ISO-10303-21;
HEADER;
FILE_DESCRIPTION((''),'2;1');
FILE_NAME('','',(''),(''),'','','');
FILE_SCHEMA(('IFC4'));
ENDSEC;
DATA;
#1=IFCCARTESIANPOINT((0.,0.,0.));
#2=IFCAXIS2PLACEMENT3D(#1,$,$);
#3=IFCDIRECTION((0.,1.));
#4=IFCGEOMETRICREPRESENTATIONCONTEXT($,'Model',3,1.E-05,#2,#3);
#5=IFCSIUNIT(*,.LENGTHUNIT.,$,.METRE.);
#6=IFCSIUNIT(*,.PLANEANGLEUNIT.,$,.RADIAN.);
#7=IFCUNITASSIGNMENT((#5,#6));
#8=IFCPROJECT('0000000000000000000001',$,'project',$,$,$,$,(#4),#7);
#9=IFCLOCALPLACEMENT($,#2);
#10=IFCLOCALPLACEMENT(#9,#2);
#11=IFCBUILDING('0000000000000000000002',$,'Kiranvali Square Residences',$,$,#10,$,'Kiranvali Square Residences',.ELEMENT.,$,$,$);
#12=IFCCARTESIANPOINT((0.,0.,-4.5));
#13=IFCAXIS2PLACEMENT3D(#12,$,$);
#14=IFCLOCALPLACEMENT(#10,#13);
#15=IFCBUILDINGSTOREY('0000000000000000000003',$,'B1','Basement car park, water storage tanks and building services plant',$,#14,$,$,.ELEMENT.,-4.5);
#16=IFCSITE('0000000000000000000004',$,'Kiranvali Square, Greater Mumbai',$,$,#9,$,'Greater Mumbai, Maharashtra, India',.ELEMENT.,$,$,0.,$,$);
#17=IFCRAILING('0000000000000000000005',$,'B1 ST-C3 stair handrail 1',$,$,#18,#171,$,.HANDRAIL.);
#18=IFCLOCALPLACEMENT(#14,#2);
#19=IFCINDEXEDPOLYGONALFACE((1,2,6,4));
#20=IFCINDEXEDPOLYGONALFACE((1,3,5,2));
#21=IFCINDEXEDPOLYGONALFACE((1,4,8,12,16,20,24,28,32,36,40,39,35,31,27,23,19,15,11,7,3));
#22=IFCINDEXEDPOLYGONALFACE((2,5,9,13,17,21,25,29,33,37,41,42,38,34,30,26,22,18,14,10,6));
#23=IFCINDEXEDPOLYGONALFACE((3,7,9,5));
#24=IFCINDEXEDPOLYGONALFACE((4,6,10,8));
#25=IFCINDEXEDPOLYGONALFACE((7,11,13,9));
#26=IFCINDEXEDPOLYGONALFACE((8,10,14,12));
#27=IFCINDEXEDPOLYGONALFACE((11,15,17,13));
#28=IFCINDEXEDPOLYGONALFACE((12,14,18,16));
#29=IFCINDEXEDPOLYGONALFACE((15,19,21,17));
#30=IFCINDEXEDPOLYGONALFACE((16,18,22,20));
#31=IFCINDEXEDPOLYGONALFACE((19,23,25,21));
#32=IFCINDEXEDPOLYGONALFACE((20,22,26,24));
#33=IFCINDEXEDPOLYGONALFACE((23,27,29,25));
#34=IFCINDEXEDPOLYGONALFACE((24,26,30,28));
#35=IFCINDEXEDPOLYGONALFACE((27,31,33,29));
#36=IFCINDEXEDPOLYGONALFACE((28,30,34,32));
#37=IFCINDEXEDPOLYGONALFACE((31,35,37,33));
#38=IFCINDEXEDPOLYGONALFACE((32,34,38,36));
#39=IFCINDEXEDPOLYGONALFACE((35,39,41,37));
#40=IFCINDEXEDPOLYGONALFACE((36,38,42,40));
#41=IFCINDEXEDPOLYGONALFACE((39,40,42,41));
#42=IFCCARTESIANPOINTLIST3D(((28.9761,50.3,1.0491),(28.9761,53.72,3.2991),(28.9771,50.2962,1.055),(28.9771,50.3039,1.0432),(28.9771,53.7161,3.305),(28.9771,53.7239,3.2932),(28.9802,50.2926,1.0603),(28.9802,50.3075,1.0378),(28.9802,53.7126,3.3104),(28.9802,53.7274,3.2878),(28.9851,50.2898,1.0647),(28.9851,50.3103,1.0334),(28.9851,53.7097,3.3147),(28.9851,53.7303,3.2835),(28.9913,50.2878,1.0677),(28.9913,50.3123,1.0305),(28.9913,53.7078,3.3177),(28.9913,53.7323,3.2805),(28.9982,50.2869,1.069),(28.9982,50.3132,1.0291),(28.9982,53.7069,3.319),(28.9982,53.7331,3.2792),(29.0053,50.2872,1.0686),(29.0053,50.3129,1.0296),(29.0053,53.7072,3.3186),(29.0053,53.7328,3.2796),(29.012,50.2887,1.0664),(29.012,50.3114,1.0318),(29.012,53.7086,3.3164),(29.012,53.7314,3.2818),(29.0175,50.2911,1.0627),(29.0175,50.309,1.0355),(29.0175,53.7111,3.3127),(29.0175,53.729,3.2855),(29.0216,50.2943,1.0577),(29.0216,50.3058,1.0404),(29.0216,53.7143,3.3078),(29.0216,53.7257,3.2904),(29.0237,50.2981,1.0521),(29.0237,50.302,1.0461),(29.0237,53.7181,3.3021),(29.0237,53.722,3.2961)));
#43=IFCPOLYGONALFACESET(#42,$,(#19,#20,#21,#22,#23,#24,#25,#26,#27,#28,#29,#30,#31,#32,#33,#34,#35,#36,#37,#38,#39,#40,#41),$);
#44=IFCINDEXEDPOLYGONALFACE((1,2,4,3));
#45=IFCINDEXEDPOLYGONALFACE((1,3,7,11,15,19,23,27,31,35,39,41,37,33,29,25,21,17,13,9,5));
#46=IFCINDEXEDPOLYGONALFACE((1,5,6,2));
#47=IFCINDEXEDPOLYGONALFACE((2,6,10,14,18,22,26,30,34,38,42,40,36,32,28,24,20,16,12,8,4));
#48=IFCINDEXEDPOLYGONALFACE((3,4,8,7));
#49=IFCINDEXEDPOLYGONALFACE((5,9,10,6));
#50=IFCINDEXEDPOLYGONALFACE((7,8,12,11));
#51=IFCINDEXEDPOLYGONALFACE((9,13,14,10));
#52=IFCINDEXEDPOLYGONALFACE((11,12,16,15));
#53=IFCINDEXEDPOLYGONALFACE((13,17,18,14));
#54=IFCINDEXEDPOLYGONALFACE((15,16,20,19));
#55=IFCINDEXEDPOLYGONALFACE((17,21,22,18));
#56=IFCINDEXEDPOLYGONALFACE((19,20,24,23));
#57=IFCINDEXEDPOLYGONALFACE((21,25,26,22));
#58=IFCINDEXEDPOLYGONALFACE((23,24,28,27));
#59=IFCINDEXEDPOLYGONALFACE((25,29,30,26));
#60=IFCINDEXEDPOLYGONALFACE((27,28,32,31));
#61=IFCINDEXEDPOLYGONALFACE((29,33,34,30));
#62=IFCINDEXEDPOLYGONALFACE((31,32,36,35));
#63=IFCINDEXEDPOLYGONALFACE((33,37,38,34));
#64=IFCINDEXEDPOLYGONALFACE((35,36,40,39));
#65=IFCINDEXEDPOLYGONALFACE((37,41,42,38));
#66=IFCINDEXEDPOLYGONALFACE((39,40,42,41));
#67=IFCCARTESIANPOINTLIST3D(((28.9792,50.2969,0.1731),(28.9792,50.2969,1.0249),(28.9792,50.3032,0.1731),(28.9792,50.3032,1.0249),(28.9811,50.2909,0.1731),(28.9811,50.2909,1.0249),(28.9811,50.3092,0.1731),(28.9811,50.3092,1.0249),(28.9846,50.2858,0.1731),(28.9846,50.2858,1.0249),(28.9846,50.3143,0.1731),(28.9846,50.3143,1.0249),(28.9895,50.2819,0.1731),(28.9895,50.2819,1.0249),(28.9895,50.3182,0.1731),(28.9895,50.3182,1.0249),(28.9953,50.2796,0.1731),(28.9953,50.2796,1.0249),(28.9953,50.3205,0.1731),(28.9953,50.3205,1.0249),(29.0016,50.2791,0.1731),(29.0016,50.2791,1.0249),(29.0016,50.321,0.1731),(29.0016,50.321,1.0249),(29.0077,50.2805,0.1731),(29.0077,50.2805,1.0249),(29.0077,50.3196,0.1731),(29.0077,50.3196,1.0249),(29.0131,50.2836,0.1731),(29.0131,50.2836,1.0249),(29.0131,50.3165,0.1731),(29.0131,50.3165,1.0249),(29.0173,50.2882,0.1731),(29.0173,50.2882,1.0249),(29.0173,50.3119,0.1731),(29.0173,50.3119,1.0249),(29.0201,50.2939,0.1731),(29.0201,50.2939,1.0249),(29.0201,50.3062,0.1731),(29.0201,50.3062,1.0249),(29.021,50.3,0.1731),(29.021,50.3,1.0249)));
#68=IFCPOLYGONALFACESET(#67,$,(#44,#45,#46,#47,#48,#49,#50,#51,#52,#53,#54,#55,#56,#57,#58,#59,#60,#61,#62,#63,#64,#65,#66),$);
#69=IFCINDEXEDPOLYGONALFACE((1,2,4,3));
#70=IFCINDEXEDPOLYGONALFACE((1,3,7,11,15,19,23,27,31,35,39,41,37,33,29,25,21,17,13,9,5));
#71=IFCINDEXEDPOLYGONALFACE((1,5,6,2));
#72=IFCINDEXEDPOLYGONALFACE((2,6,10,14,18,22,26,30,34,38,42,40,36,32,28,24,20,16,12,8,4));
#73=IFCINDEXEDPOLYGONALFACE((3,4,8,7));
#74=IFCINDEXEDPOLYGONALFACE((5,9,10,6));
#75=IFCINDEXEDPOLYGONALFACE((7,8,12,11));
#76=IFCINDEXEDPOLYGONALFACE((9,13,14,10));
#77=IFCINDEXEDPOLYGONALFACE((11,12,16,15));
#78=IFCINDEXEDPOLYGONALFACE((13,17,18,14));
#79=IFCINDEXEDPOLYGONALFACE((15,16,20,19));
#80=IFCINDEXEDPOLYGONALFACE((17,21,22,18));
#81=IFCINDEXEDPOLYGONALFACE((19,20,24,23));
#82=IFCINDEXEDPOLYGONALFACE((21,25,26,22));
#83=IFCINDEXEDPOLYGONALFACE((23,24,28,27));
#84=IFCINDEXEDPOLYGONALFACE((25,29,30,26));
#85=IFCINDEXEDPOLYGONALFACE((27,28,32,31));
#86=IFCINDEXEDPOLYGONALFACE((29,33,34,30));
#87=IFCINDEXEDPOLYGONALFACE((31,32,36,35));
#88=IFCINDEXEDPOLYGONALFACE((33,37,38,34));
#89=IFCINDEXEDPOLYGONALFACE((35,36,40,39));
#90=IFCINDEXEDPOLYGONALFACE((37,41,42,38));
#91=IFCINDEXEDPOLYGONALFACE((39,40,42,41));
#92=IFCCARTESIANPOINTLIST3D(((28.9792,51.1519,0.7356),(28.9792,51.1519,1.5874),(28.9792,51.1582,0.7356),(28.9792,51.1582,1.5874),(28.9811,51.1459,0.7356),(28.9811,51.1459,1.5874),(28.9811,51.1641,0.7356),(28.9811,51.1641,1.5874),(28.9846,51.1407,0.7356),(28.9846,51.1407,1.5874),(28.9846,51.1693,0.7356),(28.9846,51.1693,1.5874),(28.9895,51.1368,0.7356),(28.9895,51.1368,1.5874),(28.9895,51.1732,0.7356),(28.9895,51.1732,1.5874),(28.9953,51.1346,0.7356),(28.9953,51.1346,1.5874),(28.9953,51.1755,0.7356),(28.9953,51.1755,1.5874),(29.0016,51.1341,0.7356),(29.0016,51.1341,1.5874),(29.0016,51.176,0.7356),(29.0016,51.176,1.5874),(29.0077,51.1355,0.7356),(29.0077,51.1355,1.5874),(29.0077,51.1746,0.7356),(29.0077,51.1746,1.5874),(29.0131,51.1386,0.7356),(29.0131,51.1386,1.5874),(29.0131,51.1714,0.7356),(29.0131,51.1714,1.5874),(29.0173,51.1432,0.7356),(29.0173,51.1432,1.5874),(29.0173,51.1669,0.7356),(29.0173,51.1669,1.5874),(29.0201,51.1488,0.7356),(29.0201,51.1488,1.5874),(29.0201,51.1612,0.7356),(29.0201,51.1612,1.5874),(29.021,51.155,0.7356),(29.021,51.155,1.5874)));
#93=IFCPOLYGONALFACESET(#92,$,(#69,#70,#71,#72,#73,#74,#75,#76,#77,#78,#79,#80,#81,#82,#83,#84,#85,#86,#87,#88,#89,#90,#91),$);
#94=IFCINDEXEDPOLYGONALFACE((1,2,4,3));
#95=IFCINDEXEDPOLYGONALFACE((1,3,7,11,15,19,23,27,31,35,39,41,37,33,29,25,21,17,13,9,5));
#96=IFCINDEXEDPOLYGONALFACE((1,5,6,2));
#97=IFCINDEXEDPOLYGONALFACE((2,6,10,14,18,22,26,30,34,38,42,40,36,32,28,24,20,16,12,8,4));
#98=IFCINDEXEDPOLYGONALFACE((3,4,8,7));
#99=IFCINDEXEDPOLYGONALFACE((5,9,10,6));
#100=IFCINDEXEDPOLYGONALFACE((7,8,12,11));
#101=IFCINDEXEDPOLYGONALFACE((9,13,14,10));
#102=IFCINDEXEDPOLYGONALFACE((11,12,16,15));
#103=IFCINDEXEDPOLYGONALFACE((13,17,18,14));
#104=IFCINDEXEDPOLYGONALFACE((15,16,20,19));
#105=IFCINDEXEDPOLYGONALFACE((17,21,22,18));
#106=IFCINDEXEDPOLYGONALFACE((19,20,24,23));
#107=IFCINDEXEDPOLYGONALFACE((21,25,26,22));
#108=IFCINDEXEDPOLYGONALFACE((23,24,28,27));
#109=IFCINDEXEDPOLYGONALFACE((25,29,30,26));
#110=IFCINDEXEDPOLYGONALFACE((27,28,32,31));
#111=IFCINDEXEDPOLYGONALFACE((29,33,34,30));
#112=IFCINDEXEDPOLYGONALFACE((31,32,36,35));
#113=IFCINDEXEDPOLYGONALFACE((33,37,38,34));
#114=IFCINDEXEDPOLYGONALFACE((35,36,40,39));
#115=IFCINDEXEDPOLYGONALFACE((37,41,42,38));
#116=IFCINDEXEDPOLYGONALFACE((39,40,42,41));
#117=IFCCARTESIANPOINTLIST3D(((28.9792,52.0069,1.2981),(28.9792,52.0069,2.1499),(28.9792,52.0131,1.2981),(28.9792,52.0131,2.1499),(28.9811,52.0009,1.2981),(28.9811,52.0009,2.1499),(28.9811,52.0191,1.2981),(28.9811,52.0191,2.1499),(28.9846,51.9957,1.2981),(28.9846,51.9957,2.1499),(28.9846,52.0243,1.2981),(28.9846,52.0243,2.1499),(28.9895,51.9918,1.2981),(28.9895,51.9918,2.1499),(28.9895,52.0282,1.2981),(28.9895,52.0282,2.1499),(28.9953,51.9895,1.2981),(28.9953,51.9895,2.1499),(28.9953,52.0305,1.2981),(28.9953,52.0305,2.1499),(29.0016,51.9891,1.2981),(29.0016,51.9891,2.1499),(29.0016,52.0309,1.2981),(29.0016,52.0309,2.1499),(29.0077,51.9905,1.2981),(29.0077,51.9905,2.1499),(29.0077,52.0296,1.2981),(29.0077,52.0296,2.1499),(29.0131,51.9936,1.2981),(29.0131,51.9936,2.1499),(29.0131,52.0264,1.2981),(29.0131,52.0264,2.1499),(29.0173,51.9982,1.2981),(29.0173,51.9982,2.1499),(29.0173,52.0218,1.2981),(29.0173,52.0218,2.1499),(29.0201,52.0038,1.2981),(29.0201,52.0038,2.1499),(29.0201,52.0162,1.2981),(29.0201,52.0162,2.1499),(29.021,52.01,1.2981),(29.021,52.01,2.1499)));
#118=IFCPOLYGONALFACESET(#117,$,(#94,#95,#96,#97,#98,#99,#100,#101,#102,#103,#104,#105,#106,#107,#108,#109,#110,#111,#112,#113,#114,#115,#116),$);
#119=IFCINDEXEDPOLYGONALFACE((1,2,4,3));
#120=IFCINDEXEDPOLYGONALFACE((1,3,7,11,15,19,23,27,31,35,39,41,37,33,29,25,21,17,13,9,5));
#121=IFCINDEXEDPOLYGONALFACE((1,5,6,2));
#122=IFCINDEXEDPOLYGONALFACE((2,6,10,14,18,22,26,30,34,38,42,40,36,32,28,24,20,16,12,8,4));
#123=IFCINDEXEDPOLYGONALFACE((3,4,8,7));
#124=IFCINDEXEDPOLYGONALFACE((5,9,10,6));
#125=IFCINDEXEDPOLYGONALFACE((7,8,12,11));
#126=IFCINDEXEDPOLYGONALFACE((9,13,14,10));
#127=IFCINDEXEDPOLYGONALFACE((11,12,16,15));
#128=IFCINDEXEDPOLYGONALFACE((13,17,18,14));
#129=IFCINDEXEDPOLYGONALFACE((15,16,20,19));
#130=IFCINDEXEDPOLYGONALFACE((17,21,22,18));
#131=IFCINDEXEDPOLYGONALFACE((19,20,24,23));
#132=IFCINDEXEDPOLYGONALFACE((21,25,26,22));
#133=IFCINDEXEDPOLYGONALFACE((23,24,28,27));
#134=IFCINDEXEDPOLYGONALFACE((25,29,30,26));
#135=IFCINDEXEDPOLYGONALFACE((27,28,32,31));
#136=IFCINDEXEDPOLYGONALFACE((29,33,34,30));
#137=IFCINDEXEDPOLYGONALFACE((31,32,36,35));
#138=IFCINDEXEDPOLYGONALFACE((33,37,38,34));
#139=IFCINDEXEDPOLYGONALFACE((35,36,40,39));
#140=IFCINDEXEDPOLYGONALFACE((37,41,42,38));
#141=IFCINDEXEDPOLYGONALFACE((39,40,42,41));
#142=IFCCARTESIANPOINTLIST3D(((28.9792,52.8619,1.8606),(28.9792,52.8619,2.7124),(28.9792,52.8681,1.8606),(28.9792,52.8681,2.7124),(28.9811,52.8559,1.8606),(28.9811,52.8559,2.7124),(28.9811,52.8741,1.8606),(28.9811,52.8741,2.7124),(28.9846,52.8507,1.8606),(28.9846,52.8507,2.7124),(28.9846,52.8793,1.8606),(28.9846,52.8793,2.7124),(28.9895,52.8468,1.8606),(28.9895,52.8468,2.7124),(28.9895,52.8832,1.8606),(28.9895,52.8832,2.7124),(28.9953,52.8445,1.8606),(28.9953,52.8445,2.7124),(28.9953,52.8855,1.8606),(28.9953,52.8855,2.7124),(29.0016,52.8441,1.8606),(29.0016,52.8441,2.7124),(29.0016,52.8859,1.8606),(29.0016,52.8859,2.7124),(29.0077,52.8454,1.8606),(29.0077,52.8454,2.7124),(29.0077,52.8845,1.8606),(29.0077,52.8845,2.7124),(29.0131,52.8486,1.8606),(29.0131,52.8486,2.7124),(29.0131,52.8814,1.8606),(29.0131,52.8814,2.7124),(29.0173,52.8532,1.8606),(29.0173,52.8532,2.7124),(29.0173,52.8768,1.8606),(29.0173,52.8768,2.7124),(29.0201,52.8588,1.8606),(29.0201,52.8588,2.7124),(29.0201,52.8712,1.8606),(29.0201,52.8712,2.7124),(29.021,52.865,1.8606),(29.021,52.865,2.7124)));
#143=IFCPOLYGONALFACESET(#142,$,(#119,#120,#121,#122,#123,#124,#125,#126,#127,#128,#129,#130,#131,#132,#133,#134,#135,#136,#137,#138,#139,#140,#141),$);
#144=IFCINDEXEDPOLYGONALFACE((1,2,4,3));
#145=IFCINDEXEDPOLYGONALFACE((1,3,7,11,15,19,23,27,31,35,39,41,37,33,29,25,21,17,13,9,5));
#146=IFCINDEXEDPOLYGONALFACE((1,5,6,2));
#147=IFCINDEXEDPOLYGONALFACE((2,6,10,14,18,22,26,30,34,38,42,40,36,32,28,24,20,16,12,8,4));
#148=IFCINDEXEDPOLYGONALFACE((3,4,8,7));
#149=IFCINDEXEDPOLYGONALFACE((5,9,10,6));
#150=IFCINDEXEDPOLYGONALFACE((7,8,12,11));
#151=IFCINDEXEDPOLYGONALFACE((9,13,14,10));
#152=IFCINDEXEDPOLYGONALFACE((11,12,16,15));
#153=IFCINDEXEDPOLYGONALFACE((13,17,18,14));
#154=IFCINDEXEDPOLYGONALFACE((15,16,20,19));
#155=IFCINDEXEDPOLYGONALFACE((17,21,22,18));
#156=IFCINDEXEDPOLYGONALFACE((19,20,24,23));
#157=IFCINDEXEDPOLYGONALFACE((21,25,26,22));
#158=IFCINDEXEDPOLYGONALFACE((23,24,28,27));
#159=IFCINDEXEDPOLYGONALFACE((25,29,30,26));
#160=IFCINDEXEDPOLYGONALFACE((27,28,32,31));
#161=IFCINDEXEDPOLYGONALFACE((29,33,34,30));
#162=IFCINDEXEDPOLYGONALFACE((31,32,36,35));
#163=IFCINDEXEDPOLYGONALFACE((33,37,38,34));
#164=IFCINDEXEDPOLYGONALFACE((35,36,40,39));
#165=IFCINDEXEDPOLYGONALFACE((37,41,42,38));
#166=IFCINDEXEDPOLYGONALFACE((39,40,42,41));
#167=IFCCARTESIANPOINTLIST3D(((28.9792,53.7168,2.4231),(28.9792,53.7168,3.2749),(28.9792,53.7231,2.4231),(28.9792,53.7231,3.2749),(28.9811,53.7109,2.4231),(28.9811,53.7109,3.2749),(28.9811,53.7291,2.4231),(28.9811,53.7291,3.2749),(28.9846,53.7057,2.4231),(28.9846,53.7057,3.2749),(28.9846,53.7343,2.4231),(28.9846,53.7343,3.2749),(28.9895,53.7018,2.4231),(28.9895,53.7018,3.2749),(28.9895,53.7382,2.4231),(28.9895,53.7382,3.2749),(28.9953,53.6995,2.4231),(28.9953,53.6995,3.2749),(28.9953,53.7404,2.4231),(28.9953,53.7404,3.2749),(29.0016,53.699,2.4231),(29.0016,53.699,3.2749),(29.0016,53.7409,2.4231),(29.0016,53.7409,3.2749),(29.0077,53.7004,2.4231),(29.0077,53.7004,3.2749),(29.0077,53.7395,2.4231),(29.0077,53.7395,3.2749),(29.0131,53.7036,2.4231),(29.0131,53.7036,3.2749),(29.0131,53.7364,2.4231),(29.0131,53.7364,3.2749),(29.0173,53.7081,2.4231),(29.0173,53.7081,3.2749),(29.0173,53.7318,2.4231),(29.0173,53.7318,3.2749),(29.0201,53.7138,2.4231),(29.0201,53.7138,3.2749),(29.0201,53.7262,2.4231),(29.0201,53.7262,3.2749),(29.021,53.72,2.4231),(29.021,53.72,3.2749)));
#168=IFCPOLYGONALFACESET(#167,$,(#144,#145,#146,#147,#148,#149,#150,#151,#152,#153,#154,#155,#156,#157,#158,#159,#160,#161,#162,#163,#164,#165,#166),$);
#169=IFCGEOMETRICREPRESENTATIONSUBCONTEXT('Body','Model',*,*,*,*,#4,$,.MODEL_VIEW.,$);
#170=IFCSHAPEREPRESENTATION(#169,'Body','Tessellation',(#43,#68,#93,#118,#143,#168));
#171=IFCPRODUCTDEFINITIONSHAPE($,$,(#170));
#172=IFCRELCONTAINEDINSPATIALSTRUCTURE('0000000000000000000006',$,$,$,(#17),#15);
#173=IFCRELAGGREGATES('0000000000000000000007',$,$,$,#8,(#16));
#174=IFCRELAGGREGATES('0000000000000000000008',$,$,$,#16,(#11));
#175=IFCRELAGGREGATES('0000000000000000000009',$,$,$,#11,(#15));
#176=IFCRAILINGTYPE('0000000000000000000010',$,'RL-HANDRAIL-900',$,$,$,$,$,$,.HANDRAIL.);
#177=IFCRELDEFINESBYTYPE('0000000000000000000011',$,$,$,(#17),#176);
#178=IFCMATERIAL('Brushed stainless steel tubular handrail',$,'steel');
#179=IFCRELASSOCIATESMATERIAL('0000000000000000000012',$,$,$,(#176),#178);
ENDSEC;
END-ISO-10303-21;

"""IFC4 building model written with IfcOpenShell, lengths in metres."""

from ifc_helpers import new_model, si_unit, direction, frame, origin, origin_2d, place, context, subcontext, project, spatial, circle, extrude, material, type_object, element, save


model = new_model("IFC4")

# Units and contexts
model_context = context("Model", 3, precision=1e-05, world=origin(), true_north=direction((0.0, 1.0)))
body_context = subcontext(model_context, "Body", "Model", "MODEL_VIEW")
ifc_project = project(units=[si_unit("LENGTHUNIT", "METRE"), si_unit("PLANEANGLEUNIT", "RADIAN")], contexts=[model_context])

# Site, building, storey
site_placement = place(None, origin())
site = spatial("IfcSite", under=ifc_project, at=site_placement, Name="Kiranvali Square, Greater Mumbai", LongName="Greater Mumbai, Maharashtra, India", CompositionType="ELEMENT", RefElevation=0.0)
building_placement = place(site_placement, origin())
building = spatial("IfcBuilding", under=site, at=building_placement, Name="Kiranvali Square Residences", LongName="Kiranvali Square Residences", CompositionType="ELEMENT")
storey_placement = place(building_placement, frame((0.0, 0.0, -4.5)))
storey = spatial("IfcBuildingStorey", under=building, at=storey_placement, Name="B1", Description="Basement car park, water storage tanks and building services plant", CompositionType="ELEMENT", Elevation=-4.5)

# Railing
ifc_material_1 = material(Name="Brushed stainless steel tubular handrail", Category="steel")
railing_type_1 = type_object("IfcRailingType", Name="RL-HANDRAIL-900", PredefinedType="HANDRAIL", material=ifc_material_1)
railing_1_placement = place(storey_placement, frame((29.0, 50.3, 0.1731)))
element("IfcRailing", 1, at=railing_1_placement, inside=storey, type_object=railing_type_1, Name="B1 ST-C3 stair handrail 1", PredefinedType="HANDRAIL", context=body_context, shape_type="SweptSolid", body=[
    extrude(circle(Radius=0.0239, at=origin_2d()), frame((0.0, 0.0, 0.876), z_axis=(0.0, 0.835411, 0.549625), x_axis=(-1.0, 0.0, 0.0)), (0.0, 0.0, 1.0), 4.0938),
    extrude(circle(Radius=0.021, at=origin_2d()), origin(), (0.0, 0.0, 1.0), 0.8518),
    extrude(circle(Radius=0.021, at=origin_2d()), frame((0.0, 0.855, 0.5625)), (0.0, 0.0, 1.0), 0.8518),
    extrude(circle(Radius=0.021, at=origin_2d()), frame((0.0, 1.71, 1.125)), (0.0, 0.0, 1.0), 0.8518),
    extrude(circle(Radius=0.021, at=origin_2d()), frame((0.0, 2.5649, 1.6875)), (0.0, 0.0, 1.0), 0.8518),
    extrude(circle(Radius=0.021, at=origin_2d()), frame((0.0, 3.4199, 2.25)), (0.0, 0.0, 1.0), 0.8518),
])

save(model, "model.ifc")
